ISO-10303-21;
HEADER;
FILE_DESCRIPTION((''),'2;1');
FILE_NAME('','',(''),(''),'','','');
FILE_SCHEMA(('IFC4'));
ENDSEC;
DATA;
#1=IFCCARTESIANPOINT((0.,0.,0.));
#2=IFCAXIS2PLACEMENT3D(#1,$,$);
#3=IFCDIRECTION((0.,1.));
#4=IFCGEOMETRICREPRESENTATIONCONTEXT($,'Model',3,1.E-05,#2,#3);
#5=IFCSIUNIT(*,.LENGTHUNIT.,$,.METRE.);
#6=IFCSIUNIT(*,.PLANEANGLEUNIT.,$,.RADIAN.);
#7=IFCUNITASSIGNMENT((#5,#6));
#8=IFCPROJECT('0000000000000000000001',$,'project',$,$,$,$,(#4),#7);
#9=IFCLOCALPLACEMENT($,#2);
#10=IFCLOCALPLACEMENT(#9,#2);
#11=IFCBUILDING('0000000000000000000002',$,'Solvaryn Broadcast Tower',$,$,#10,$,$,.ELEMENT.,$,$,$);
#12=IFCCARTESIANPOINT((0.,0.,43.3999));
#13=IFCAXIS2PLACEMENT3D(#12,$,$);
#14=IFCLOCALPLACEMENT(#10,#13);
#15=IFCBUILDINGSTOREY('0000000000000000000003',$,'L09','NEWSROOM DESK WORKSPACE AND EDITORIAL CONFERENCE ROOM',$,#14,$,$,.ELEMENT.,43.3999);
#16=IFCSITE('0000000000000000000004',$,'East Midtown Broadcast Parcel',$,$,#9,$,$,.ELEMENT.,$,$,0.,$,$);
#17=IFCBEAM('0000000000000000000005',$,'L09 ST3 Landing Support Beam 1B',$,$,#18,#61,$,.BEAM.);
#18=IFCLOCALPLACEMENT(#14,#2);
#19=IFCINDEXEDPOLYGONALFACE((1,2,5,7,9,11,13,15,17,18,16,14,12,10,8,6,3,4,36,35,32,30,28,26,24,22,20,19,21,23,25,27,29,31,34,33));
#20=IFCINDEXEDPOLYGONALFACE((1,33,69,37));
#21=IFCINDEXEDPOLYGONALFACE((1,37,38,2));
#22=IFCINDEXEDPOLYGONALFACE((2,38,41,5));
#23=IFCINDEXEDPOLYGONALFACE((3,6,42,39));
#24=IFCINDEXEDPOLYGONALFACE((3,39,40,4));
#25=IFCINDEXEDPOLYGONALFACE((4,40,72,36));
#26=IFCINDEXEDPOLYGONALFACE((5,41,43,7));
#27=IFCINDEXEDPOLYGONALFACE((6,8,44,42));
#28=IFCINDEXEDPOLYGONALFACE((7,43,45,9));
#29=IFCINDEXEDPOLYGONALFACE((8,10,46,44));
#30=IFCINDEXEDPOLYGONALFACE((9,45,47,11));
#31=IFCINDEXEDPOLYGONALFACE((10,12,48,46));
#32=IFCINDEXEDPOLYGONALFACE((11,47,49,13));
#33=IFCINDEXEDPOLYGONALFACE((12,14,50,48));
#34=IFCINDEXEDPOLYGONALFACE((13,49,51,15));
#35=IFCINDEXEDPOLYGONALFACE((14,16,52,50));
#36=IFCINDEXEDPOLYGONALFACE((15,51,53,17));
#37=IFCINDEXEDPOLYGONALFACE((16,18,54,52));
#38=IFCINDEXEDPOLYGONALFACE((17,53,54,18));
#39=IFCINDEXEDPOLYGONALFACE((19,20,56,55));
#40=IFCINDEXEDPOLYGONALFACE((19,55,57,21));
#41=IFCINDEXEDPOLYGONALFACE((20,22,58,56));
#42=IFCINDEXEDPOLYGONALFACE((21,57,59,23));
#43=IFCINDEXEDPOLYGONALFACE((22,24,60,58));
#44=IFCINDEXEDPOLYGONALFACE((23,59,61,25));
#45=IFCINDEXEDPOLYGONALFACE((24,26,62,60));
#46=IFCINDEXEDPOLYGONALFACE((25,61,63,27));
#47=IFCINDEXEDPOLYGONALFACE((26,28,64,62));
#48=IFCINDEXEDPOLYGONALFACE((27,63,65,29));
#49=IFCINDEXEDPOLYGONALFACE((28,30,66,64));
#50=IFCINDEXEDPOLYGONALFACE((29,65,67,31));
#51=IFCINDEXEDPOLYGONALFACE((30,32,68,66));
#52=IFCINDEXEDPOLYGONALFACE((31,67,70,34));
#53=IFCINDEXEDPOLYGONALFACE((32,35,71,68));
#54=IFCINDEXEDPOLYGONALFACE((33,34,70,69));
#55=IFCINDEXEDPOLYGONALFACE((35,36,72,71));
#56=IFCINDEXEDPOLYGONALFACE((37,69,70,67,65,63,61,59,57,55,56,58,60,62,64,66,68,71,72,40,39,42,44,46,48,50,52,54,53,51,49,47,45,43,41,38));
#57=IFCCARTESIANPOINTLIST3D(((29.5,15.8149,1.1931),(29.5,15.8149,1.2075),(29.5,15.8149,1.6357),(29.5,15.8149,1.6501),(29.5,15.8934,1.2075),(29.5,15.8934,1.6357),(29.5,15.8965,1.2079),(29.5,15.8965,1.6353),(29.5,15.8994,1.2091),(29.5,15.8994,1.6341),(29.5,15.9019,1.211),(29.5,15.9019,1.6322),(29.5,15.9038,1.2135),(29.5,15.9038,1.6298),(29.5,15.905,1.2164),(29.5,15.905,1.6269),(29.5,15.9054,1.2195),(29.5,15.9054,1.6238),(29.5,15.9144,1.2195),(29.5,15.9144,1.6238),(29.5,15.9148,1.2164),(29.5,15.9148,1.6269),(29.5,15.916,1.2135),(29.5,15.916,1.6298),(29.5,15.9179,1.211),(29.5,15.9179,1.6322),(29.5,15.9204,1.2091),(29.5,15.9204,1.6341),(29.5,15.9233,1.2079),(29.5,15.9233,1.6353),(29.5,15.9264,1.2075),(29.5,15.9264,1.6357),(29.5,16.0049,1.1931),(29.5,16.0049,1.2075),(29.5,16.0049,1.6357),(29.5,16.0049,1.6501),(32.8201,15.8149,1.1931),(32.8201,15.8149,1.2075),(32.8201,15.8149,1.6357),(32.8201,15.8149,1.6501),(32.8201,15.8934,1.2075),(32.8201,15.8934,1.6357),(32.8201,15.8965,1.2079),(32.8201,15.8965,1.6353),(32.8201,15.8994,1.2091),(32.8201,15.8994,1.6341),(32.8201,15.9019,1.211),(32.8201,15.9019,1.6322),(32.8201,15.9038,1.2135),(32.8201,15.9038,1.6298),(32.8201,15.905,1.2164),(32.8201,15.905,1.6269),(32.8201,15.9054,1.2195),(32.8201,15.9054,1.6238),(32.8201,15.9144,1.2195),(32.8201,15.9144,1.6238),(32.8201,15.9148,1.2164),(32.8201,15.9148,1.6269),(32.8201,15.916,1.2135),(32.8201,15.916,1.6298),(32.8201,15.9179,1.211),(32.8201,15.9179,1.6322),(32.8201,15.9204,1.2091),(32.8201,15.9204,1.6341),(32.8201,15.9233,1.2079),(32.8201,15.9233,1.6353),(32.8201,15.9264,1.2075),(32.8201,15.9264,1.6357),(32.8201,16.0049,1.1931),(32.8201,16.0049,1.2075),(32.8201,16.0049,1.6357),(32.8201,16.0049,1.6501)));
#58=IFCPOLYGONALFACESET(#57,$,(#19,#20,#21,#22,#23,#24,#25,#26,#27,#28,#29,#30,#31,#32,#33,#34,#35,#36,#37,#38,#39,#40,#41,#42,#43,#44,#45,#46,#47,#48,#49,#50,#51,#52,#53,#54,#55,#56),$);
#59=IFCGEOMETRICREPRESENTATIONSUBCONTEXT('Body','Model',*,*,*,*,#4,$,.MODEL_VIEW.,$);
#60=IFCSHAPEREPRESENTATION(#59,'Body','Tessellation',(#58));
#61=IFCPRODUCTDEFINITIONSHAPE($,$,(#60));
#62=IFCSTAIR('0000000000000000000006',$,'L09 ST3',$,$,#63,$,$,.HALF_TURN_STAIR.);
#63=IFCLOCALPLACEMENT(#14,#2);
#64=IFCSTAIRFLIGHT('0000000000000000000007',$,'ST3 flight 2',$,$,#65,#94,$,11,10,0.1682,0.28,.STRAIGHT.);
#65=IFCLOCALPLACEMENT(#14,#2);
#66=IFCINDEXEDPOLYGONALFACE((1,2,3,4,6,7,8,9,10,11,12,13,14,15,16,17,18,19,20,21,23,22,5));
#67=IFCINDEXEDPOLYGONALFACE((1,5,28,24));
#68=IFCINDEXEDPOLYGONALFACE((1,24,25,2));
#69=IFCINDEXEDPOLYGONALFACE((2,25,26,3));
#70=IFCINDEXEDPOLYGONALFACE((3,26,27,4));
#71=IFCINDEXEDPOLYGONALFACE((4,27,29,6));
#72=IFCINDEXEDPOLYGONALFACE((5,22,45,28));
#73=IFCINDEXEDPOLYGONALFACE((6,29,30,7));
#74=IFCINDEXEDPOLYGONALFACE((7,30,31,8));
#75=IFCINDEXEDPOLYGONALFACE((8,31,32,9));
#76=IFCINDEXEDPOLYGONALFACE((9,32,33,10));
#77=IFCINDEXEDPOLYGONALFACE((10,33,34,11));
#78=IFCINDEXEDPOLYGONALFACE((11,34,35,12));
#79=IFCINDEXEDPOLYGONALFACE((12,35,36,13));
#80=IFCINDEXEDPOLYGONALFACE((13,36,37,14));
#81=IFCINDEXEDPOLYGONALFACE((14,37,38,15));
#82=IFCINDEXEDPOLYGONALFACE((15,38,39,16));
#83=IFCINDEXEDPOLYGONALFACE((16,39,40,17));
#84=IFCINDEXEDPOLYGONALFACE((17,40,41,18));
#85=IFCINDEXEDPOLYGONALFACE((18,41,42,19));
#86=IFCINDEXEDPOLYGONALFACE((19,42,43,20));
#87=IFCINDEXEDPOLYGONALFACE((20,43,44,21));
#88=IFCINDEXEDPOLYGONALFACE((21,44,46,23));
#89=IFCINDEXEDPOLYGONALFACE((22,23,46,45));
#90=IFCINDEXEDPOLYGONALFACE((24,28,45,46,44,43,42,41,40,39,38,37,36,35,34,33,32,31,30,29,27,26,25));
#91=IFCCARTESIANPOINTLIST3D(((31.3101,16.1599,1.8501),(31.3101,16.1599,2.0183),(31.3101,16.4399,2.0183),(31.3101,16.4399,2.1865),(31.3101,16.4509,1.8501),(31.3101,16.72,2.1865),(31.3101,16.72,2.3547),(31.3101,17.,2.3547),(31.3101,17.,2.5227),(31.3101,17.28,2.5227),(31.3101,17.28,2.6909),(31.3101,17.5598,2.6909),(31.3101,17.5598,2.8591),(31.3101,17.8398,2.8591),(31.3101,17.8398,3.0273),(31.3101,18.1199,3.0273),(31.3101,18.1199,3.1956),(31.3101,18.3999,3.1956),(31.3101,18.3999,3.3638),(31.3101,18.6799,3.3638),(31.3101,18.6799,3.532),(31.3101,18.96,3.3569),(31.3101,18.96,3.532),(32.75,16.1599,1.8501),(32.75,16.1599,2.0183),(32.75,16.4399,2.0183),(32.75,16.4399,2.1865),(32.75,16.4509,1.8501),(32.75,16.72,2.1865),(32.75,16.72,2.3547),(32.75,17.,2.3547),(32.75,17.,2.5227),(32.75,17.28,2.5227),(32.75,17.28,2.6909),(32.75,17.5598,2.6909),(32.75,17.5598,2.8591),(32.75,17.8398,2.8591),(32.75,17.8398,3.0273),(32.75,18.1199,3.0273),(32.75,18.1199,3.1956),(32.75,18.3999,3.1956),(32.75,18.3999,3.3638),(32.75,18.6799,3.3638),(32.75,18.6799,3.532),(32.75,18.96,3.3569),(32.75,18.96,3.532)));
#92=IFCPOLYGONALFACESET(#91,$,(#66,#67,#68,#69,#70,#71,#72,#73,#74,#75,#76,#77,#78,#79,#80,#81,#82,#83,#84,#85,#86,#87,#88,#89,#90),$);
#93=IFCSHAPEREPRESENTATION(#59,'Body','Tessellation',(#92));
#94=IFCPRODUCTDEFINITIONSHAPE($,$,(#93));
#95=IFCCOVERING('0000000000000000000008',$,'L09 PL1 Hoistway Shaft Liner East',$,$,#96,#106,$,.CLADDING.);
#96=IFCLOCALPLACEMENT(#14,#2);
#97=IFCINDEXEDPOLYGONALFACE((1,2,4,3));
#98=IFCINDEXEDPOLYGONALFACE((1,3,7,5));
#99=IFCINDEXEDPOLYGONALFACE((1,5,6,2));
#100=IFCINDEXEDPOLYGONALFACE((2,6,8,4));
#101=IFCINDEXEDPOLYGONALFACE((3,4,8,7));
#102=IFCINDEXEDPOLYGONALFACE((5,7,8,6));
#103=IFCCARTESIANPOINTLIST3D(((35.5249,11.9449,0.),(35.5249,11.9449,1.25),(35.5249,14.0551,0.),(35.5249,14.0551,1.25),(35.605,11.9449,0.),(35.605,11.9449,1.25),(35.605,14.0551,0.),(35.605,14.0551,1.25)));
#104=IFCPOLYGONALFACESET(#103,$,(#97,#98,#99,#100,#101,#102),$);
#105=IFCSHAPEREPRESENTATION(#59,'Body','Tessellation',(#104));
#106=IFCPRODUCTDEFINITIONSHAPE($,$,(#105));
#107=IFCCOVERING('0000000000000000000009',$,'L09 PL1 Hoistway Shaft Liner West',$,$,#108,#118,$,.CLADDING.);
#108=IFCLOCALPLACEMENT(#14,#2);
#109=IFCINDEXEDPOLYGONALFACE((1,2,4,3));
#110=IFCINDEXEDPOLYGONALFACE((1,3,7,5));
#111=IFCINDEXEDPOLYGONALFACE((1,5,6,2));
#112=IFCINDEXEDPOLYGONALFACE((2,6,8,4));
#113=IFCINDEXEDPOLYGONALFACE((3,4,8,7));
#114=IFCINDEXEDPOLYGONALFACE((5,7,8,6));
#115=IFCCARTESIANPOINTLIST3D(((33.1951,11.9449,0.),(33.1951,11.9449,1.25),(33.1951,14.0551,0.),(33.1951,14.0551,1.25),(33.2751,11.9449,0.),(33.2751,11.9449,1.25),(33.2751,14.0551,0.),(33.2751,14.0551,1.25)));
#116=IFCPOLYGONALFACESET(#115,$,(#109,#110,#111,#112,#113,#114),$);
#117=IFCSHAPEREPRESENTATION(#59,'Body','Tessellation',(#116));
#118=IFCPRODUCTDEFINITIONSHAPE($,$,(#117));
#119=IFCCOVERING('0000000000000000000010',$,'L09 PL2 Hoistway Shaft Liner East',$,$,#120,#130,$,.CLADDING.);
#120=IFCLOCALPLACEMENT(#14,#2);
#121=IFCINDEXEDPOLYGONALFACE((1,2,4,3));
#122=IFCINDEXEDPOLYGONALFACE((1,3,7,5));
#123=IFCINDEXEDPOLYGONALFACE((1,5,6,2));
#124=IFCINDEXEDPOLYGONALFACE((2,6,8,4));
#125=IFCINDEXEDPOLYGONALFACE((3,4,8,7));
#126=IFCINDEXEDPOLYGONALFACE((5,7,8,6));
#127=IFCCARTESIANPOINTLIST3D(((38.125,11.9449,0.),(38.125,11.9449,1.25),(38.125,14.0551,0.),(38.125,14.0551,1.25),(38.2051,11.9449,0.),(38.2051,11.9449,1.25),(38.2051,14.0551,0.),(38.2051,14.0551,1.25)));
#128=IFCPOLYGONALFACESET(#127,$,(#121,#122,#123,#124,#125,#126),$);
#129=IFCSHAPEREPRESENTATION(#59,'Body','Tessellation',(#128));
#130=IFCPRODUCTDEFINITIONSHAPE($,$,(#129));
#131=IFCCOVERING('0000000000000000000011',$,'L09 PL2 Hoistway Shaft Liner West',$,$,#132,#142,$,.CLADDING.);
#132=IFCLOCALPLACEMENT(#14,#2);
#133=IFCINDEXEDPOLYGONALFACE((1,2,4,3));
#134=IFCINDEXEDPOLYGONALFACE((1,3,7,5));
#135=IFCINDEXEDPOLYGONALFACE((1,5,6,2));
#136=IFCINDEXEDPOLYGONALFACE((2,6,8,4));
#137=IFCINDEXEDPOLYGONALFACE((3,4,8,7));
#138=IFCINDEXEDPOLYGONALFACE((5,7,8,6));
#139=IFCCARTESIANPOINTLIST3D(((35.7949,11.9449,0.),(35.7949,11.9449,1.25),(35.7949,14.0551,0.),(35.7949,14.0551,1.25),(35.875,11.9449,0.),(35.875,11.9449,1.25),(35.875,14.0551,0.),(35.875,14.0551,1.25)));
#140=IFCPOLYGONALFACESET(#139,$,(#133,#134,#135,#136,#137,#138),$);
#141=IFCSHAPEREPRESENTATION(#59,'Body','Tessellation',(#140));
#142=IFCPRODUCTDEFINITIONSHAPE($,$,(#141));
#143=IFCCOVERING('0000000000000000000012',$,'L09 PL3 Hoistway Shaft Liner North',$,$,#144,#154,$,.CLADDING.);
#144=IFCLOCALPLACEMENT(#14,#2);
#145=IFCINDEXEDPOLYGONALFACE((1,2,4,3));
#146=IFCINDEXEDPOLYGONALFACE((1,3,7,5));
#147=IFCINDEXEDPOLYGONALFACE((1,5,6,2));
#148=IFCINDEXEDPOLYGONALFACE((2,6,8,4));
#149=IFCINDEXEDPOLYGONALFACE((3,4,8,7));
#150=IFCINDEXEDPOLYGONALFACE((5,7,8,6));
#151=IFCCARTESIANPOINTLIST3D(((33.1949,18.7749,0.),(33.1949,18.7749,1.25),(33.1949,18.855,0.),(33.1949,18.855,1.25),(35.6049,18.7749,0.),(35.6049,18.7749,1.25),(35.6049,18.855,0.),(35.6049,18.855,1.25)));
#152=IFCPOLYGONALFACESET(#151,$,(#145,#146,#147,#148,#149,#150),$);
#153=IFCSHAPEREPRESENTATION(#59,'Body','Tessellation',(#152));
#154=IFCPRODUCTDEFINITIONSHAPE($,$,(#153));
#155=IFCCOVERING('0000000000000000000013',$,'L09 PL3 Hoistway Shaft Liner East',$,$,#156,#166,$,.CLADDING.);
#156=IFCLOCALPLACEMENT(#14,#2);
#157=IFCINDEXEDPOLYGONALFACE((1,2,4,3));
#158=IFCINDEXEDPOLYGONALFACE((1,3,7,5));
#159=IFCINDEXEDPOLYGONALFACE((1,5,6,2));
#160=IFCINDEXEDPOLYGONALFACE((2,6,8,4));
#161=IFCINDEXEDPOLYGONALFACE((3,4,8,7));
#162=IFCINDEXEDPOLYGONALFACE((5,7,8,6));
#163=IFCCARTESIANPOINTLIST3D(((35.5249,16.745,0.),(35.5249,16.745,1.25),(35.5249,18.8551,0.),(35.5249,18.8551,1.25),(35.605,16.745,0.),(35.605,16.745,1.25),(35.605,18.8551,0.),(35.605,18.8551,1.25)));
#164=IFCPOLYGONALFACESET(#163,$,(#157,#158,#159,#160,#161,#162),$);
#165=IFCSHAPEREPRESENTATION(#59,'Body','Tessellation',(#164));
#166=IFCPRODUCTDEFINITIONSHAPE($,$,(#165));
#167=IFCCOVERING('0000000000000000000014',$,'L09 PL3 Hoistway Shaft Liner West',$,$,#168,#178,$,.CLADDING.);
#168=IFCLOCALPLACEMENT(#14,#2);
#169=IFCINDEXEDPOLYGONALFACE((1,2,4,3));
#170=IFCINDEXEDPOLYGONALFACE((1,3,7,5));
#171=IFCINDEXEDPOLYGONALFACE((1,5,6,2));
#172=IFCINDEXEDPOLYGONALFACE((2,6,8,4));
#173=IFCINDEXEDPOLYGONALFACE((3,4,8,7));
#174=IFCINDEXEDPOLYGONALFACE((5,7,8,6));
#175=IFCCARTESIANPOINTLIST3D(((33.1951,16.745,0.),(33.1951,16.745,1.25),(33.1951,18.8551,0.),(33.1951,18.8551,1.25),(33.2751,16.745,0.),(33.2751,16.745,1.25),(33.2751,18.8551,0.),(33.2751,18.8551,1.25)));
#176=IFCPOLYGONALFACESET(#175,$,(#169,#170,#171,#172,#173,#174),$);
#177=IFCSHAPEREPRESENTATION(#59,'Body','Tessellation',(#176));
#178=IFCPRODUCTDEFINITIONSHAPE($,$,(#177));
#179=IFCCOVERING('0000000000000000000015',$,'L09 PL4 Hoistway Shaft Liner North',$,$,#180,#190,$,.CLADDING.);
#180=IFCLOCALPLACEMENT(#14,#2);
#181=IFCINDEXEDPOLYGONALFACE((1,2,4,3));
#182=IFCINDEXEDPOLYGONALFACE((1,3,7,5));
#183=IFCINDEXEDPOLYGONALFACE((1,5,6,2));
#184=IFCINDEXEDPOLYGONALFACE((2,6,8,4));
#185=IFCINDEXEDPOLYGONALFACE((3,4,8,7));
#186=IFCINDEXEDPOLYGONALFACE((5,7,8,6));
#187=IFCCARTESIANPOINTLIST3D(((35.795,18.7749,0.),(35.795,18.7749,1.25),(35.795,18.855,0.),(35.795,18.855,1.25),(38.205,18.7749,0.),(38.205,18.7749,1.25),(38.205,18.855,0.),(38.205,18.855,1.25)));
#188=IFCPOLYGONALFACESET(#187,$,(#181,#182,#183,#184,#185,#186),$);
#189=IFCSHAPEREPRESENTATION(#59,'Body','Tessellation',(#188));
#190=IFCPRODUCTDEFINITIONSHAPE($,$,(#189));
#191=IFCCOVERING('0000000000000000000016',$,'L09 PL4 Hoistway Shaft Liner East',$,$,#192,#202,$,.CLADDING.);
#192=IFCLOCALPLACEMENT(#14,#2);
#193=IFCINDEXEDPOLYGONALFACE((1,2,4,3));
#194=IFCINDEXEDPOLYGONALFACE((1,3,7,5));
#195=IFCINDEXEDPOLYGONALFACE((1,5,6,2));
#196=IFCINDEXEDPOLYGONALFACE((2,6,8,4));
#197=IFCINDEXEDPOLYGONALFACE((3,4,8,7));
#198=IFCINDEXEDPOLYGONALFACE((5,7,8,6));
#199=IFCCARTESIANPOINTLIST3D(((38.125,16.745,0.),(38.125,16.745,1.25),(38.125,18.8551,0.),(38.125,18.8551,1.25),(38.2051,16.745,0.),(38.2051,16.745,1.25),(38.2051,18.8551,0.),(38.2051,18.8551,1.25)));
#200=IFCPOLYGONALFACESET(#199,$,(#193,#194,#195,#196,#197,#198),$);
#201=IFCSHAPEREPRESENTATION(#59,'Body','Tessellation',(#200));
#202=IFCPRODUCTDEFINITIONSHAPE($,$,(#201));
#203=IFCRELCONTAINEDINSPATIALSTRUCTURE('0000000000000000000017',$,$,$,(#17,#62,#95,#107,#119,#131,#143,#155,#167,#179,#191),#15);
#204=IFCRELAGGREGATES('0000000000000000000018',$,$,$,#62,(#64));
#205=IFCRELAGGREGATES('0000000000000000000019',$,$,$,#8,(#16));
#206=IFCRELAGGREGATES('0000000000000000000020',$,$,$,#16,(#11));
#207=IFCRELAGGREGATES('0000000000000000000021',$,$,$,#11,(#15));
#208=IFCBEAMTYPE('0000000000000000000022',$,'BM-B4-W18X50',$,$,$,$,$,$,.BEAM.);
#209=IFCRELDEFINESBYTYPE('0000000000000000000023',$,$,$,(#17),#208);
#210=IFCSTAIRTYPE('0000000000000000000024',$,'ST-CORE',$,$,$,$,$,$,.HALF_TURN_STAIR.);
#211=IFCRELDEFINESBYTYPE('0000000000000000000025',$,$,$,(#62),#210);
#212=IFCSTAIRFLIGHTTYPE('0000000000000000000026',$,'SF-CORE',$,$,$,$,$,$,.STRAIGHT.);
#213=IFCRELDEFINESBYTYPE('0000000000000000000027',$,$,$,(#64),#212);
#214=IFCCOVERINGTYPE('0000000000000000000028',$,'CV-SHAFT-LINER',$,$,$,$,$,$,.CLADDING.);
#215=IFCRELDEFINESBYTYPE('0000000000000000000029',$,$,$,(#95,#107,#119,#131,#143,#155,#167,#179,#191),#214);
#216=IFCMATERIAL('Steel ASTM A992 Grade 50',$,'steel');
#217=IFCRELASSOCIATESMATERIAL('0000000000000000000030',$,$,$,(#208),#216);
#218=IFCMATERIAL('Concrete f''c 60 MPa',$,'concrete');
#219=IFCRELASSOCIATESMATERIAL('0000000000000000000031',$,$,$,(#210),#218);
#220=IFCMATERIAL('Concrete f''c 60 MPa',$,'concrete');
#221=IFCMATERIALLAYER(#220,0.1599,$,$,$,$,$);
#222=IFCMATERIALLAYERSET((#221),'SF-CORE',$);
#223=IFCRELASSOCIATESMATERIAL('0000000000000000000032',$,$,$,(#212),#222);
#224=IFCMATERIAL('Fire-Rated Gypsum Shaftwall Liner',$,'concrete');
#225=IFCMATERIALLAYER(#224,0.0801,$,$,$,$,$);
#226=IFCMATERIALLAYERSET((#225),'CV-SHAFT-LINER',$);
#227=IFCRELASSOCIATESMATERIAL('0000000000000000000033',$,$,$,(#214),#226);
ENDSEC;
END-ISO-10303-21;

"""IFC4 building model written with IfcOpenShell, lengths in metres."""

from ifc_helpers import new_model, si_unit, direction, frame, origin, origin_2d, place, context, subcontext, project, spatial, polyline, rectangle, i_section, outline, extrude, material, layer, layer_set, material_profile, profile_set, type_object, element, aggregate, save


model = new_model("IFC4")

# Units and contexts
model_context = context("Model", 3, precision=1e-05, world=origin(), true_north=direction((0.0, 1.0)))
body_context = subcontext(model_context, "Body", "Model", "MODEL_VIEW")
ifc_project = project(units=[si_unit("LENGTHUNIT", "METRE"), si_unit("PLANEANGLEUNIT", "RADIAN")], contexts=[model_context])

# Site, building, storey
site_placement = place(None, origin())
site = spatial("IfcSite", under=ifc_project, at=site_placement, Name="East Midtown Broadcast Parcel", CompositionType="ELEMENT", RefElevation=0.0)
building_placement = place(site_placement, origin())
building = spatial("IfcBuilding", under=site, at=building_placement, Name="Solvaryn Broadcast Tower", CompositionType="ELEMENT")
storey_placement = place(building_placement, frame((0.0, 0.0, 43.3999)))
storey = spatial("IfcBuildingStorey", under=building, at=storey_placement, Name="L09", Description="NEWSROOM DESK WORKSPACE AND EDITORIAL CONFERENCE ROOM", CompositionType="ELEMENT", Elevation=43.3999)

# Beam
ifc_material_1 = material(Name="Steel ASTM A992 Grade 50", Category="steel")
ifc_material_profile_1 = material_profile(ifc_material_1, i_section(OverallWidth=0.1899, OverallDepth=0.457, WebThickness=0.009, FlangeThickness=0.0144, FilletRadius=0.012, at=origin_2d()))
ifc_profile_set_1 = profile_set([ifc_material_profile_1], Name="Steel ASTM A992 Grade 50")
beam_type_1 = type_object("IfcBeamType", Name="BM-B4-W18X50", PredefinedType="BEAM", material=ifc_profile_set_1)
beam_1_placement = place(storey_placement, frame((29.5, 15.9099, 1.4216), z_axis=(1.0, 0.0, 0.0), x_axis=(0.0, 1.0, 0.0)))
element("IfcBeam", 1, at=beam_1_placement, inside=storey, type_object=beam_type_1, Name="L09 ST3 Landing Support Beam 1B", PredefinedType="BEAM", context=body_context, shape_type="SweptSolid", body=[
    extrude(i_section(OverallWidth=0.1899, OverallDepth=0.457, WebThickness=0.009, FlangeThickness=0.0144, FilletRadius=0.012, at=origin_2d()), origin(), (0.0, 0.0, 1.0), 3.3201),
])

# Stair, stair flight
ifc_material_2 = material(Name="Concrete f'c 60 MPa", Category="concrete")
stair_type = type_object("IfcStairType", Name="ST-CORE", PredefinedType="HALF_TURN_STAIR", material=ifc_material_2)
stair_placement = place(storey_placement, origin())
stair = element("IfcStair", 2, at=stair_placement, inside=storey, type_object=stair_type, Name="L09 ST3", PredefinedType="HALF_TURN_STAIR")
ifc_material_3 = material(Name="Concrete f'c 60 MPa", Category="concrete")
ifc_layer_1 = layer(ifc_material_3, 0.1599)
ifc_layer_set_1 = layer_set([ifc_layer_1], Name="SF-CORE")
stair_flight_type = type_object("IfcStairFlightType", Name="SF-CORE", PredefinedType="STRAIGHT", material=ifc_layer_set_1)
stair_flight_placement = place(storey_placement, frame((32.03, 16.1599, 1.8501), z_axis=(0.0, 0.0, 1.0), x_axis=(0.0, 1.0, 0.0)))
stair_flight = element("IfcStairFlight", 3, at=stair_flight_placement, type_object=stair_flight_type, Name="ST3 flight 2", NumberOfRisers=11, NumberOfTreads=10, PredefinedType="STRAIGHT", RiserHeight=0.1682, TreadLength=0.28, context=body_context, shape_type="SweptSolid", body=[
    extrude(outline(polyline([(0.0, 0.0), (0.0, 0.1682), (0.28, 0.1682), (0.28, 0.3364), (0.5601, 0.3364), (0.5601, 0.5046), (0.8401, 0.5046), (0.8401, 0.6726), (1.1201, 0.6726), (1.1201, 0.8408), (1.3999, 0.8408), (1.3999, 1.009), (1.6799, 1.009), (1.6799, 1.1772), (1.96, 1.1772), (1.96, 1.3455), (2.24, 1.3455), (2.24, 1.5137), (2.52, 1.5137), (2.52, 1.6819), (2.8, 1.6819), (2.8, 1.8501), (2.8, 1.5068), (0.291, 0.0), (0.0, 0.0)])), frame((0.0, 0.72, 0.0), z_axis=(0.0, -1.0, 0.0), x_axis=(1.0, 0.0, 0.0)), (0.0, 0.0, 1.0), 1.4399),
])
aggregate(stair, [stair_flight])

# Coverings
ifc_material_4 = material(Name="Fire-Rated Gypsum Shaftwall Liner", Category="concrete")
ifc_layer_2 = layer(ifc_material_4, 0.0801)
ifc_layer_set_2 = layer_set([ifc_layer_2], Name="CV-SHAFT-LINER")
covering_type = type_object("IfcCoveringType", Name="CV-SHAFT-LINER", PredefinedType="CLADDING", material=ifc_layer_set_2)
for number, where, z_axis, x_axis, name in (
    (4, (35.5649, 13.0, 0.0), (0.0, 0.0, 1.0), (1.0, 0.0, 0.0), "L09 PL1 Hoistway Shaft Liner East"),
    (5, (33.2351, 13.0, 0.0), (0.0, 0.0, 1.0), (1.0, 0.0, 0.0), "L09 PL1 Hoistway Shaft Liner West"),
    (6, (38.165, 13.0, 0.0), (0.0, 0.0, 1.0), (1.0, 0.0, 0.0), "L09 PL2 Hoistway Shaft Liner East"),
    (7, (35.835, 13.0, 0.0), (0.0, 0.0, 1.0), (1.0, 0.0, 0.0), "L09 PL2 Hoistway Shaft Liner West"),
):
    element("IfcCovering", number, at=place(storey_placement, frame(where, z_axis=z_axis, x_axis=x_axis)), inside=storey, type_object=covering_type, Name=name, PredefinedType="CLADDING", context=body_context, shape_type="SweptSolid", body=[
        extrude(rectangle(XDim=0.0801, YDim=2.1101, at=origin_2d()), origin(), (0.0, 0.0, 1.0), 1.25),
    ])
covering_1_placement = place(storey_placement, frame((34.3999, 18.8149, 0.0), z_axis=(0.0, 0.0, 1.0), x_axis=(1.0, 0.0, 0.0)))
element("IfcCovering", 8, at=covering_1_placement, inside=storey, type_object=covering_type, Name="L09 PL3 Hoistway Shaft Liner North", PredefinedType="CLADDING", context=body_context, shape_type="SweptSolid", body=[
    extrude(rectangle(XDim=2.4099, YDim=0.0801, at=origin_2d()), origin(), (0.0, 0.0, 1.0), 1.25),
])
for number, where, z_axis, x_axis, name in (
    (9, (35.5649, 17.8, 0.0), (0.0, 0.0, 1.0), (1.0, 0.0, 0.0), "L09 PL3 Hoistway Shaft Liner East"),
    (10, (33.2351, 17.8, 0.0), (0.0, 0.0, 1.0), (1.0, 0.0, 0.0), "L09 PL3 Hoistway Shaft Liner West"),
):
    element("IfcCovering", number, at=place(storey_placement, frame(where, z_axis=z_axis, x_axis=x_axis)), inside=storey, type_object=covering_type, Name=name, PredefinedType="CLADDING", context=body_context, shape_type="SweptSolid", body=[
        extrude(rectangle(XDim=0.0801, YDim=2.1101, at=origin_2d()), origin(), (0.0, 0.0, 1.0), 1.25),
    ])
covering_2_placement = place(storey_placement, frame((37.0, 18.8149, 0.0), z_axis=(0.0, 0.0, 1.0), x_axis=(1.0, 0.0, 0.0)))
element("IfcCovering", 11, at=covering_2_placement, inside=storey, type_object=covering_type, Name="L09 PL4 Hoistway Shaft Liner North", PredefinedType="CLADDING", context=body_context, shape_type="SweptSolid", body=[
    extrude(rectangle(XDim=2.4099, YDim=0.0801, at=origin_2d()), origin(), (0.0, 0.0, 1.0), 1.25),
])
for number, where, z_axis, x_axis, name in (
    (12, (38.165, 17.8, 0.0), (0.0, 0.0, 1.0), (1.0, 0.0, 0.0), "L09 PL4 Hoistway Shaft Liner East"),
):
    element("IfcCovering", number, at=place(storey_placement, frame(where, z_axis=z_axis, x_axis=x_axis)), inside=storey, type_object=covering_type, Name=name, PredefinedType="CLADDING", context=body_context, shape_type="SweptSolid", body=[
        extrude(rectangle(XDim=0.0801, YDim=2.1101, at=origin_2d()), origin(), (0.0, 0.0, 1.0), 1.25),
    ])

save(model, "model.ifc")
